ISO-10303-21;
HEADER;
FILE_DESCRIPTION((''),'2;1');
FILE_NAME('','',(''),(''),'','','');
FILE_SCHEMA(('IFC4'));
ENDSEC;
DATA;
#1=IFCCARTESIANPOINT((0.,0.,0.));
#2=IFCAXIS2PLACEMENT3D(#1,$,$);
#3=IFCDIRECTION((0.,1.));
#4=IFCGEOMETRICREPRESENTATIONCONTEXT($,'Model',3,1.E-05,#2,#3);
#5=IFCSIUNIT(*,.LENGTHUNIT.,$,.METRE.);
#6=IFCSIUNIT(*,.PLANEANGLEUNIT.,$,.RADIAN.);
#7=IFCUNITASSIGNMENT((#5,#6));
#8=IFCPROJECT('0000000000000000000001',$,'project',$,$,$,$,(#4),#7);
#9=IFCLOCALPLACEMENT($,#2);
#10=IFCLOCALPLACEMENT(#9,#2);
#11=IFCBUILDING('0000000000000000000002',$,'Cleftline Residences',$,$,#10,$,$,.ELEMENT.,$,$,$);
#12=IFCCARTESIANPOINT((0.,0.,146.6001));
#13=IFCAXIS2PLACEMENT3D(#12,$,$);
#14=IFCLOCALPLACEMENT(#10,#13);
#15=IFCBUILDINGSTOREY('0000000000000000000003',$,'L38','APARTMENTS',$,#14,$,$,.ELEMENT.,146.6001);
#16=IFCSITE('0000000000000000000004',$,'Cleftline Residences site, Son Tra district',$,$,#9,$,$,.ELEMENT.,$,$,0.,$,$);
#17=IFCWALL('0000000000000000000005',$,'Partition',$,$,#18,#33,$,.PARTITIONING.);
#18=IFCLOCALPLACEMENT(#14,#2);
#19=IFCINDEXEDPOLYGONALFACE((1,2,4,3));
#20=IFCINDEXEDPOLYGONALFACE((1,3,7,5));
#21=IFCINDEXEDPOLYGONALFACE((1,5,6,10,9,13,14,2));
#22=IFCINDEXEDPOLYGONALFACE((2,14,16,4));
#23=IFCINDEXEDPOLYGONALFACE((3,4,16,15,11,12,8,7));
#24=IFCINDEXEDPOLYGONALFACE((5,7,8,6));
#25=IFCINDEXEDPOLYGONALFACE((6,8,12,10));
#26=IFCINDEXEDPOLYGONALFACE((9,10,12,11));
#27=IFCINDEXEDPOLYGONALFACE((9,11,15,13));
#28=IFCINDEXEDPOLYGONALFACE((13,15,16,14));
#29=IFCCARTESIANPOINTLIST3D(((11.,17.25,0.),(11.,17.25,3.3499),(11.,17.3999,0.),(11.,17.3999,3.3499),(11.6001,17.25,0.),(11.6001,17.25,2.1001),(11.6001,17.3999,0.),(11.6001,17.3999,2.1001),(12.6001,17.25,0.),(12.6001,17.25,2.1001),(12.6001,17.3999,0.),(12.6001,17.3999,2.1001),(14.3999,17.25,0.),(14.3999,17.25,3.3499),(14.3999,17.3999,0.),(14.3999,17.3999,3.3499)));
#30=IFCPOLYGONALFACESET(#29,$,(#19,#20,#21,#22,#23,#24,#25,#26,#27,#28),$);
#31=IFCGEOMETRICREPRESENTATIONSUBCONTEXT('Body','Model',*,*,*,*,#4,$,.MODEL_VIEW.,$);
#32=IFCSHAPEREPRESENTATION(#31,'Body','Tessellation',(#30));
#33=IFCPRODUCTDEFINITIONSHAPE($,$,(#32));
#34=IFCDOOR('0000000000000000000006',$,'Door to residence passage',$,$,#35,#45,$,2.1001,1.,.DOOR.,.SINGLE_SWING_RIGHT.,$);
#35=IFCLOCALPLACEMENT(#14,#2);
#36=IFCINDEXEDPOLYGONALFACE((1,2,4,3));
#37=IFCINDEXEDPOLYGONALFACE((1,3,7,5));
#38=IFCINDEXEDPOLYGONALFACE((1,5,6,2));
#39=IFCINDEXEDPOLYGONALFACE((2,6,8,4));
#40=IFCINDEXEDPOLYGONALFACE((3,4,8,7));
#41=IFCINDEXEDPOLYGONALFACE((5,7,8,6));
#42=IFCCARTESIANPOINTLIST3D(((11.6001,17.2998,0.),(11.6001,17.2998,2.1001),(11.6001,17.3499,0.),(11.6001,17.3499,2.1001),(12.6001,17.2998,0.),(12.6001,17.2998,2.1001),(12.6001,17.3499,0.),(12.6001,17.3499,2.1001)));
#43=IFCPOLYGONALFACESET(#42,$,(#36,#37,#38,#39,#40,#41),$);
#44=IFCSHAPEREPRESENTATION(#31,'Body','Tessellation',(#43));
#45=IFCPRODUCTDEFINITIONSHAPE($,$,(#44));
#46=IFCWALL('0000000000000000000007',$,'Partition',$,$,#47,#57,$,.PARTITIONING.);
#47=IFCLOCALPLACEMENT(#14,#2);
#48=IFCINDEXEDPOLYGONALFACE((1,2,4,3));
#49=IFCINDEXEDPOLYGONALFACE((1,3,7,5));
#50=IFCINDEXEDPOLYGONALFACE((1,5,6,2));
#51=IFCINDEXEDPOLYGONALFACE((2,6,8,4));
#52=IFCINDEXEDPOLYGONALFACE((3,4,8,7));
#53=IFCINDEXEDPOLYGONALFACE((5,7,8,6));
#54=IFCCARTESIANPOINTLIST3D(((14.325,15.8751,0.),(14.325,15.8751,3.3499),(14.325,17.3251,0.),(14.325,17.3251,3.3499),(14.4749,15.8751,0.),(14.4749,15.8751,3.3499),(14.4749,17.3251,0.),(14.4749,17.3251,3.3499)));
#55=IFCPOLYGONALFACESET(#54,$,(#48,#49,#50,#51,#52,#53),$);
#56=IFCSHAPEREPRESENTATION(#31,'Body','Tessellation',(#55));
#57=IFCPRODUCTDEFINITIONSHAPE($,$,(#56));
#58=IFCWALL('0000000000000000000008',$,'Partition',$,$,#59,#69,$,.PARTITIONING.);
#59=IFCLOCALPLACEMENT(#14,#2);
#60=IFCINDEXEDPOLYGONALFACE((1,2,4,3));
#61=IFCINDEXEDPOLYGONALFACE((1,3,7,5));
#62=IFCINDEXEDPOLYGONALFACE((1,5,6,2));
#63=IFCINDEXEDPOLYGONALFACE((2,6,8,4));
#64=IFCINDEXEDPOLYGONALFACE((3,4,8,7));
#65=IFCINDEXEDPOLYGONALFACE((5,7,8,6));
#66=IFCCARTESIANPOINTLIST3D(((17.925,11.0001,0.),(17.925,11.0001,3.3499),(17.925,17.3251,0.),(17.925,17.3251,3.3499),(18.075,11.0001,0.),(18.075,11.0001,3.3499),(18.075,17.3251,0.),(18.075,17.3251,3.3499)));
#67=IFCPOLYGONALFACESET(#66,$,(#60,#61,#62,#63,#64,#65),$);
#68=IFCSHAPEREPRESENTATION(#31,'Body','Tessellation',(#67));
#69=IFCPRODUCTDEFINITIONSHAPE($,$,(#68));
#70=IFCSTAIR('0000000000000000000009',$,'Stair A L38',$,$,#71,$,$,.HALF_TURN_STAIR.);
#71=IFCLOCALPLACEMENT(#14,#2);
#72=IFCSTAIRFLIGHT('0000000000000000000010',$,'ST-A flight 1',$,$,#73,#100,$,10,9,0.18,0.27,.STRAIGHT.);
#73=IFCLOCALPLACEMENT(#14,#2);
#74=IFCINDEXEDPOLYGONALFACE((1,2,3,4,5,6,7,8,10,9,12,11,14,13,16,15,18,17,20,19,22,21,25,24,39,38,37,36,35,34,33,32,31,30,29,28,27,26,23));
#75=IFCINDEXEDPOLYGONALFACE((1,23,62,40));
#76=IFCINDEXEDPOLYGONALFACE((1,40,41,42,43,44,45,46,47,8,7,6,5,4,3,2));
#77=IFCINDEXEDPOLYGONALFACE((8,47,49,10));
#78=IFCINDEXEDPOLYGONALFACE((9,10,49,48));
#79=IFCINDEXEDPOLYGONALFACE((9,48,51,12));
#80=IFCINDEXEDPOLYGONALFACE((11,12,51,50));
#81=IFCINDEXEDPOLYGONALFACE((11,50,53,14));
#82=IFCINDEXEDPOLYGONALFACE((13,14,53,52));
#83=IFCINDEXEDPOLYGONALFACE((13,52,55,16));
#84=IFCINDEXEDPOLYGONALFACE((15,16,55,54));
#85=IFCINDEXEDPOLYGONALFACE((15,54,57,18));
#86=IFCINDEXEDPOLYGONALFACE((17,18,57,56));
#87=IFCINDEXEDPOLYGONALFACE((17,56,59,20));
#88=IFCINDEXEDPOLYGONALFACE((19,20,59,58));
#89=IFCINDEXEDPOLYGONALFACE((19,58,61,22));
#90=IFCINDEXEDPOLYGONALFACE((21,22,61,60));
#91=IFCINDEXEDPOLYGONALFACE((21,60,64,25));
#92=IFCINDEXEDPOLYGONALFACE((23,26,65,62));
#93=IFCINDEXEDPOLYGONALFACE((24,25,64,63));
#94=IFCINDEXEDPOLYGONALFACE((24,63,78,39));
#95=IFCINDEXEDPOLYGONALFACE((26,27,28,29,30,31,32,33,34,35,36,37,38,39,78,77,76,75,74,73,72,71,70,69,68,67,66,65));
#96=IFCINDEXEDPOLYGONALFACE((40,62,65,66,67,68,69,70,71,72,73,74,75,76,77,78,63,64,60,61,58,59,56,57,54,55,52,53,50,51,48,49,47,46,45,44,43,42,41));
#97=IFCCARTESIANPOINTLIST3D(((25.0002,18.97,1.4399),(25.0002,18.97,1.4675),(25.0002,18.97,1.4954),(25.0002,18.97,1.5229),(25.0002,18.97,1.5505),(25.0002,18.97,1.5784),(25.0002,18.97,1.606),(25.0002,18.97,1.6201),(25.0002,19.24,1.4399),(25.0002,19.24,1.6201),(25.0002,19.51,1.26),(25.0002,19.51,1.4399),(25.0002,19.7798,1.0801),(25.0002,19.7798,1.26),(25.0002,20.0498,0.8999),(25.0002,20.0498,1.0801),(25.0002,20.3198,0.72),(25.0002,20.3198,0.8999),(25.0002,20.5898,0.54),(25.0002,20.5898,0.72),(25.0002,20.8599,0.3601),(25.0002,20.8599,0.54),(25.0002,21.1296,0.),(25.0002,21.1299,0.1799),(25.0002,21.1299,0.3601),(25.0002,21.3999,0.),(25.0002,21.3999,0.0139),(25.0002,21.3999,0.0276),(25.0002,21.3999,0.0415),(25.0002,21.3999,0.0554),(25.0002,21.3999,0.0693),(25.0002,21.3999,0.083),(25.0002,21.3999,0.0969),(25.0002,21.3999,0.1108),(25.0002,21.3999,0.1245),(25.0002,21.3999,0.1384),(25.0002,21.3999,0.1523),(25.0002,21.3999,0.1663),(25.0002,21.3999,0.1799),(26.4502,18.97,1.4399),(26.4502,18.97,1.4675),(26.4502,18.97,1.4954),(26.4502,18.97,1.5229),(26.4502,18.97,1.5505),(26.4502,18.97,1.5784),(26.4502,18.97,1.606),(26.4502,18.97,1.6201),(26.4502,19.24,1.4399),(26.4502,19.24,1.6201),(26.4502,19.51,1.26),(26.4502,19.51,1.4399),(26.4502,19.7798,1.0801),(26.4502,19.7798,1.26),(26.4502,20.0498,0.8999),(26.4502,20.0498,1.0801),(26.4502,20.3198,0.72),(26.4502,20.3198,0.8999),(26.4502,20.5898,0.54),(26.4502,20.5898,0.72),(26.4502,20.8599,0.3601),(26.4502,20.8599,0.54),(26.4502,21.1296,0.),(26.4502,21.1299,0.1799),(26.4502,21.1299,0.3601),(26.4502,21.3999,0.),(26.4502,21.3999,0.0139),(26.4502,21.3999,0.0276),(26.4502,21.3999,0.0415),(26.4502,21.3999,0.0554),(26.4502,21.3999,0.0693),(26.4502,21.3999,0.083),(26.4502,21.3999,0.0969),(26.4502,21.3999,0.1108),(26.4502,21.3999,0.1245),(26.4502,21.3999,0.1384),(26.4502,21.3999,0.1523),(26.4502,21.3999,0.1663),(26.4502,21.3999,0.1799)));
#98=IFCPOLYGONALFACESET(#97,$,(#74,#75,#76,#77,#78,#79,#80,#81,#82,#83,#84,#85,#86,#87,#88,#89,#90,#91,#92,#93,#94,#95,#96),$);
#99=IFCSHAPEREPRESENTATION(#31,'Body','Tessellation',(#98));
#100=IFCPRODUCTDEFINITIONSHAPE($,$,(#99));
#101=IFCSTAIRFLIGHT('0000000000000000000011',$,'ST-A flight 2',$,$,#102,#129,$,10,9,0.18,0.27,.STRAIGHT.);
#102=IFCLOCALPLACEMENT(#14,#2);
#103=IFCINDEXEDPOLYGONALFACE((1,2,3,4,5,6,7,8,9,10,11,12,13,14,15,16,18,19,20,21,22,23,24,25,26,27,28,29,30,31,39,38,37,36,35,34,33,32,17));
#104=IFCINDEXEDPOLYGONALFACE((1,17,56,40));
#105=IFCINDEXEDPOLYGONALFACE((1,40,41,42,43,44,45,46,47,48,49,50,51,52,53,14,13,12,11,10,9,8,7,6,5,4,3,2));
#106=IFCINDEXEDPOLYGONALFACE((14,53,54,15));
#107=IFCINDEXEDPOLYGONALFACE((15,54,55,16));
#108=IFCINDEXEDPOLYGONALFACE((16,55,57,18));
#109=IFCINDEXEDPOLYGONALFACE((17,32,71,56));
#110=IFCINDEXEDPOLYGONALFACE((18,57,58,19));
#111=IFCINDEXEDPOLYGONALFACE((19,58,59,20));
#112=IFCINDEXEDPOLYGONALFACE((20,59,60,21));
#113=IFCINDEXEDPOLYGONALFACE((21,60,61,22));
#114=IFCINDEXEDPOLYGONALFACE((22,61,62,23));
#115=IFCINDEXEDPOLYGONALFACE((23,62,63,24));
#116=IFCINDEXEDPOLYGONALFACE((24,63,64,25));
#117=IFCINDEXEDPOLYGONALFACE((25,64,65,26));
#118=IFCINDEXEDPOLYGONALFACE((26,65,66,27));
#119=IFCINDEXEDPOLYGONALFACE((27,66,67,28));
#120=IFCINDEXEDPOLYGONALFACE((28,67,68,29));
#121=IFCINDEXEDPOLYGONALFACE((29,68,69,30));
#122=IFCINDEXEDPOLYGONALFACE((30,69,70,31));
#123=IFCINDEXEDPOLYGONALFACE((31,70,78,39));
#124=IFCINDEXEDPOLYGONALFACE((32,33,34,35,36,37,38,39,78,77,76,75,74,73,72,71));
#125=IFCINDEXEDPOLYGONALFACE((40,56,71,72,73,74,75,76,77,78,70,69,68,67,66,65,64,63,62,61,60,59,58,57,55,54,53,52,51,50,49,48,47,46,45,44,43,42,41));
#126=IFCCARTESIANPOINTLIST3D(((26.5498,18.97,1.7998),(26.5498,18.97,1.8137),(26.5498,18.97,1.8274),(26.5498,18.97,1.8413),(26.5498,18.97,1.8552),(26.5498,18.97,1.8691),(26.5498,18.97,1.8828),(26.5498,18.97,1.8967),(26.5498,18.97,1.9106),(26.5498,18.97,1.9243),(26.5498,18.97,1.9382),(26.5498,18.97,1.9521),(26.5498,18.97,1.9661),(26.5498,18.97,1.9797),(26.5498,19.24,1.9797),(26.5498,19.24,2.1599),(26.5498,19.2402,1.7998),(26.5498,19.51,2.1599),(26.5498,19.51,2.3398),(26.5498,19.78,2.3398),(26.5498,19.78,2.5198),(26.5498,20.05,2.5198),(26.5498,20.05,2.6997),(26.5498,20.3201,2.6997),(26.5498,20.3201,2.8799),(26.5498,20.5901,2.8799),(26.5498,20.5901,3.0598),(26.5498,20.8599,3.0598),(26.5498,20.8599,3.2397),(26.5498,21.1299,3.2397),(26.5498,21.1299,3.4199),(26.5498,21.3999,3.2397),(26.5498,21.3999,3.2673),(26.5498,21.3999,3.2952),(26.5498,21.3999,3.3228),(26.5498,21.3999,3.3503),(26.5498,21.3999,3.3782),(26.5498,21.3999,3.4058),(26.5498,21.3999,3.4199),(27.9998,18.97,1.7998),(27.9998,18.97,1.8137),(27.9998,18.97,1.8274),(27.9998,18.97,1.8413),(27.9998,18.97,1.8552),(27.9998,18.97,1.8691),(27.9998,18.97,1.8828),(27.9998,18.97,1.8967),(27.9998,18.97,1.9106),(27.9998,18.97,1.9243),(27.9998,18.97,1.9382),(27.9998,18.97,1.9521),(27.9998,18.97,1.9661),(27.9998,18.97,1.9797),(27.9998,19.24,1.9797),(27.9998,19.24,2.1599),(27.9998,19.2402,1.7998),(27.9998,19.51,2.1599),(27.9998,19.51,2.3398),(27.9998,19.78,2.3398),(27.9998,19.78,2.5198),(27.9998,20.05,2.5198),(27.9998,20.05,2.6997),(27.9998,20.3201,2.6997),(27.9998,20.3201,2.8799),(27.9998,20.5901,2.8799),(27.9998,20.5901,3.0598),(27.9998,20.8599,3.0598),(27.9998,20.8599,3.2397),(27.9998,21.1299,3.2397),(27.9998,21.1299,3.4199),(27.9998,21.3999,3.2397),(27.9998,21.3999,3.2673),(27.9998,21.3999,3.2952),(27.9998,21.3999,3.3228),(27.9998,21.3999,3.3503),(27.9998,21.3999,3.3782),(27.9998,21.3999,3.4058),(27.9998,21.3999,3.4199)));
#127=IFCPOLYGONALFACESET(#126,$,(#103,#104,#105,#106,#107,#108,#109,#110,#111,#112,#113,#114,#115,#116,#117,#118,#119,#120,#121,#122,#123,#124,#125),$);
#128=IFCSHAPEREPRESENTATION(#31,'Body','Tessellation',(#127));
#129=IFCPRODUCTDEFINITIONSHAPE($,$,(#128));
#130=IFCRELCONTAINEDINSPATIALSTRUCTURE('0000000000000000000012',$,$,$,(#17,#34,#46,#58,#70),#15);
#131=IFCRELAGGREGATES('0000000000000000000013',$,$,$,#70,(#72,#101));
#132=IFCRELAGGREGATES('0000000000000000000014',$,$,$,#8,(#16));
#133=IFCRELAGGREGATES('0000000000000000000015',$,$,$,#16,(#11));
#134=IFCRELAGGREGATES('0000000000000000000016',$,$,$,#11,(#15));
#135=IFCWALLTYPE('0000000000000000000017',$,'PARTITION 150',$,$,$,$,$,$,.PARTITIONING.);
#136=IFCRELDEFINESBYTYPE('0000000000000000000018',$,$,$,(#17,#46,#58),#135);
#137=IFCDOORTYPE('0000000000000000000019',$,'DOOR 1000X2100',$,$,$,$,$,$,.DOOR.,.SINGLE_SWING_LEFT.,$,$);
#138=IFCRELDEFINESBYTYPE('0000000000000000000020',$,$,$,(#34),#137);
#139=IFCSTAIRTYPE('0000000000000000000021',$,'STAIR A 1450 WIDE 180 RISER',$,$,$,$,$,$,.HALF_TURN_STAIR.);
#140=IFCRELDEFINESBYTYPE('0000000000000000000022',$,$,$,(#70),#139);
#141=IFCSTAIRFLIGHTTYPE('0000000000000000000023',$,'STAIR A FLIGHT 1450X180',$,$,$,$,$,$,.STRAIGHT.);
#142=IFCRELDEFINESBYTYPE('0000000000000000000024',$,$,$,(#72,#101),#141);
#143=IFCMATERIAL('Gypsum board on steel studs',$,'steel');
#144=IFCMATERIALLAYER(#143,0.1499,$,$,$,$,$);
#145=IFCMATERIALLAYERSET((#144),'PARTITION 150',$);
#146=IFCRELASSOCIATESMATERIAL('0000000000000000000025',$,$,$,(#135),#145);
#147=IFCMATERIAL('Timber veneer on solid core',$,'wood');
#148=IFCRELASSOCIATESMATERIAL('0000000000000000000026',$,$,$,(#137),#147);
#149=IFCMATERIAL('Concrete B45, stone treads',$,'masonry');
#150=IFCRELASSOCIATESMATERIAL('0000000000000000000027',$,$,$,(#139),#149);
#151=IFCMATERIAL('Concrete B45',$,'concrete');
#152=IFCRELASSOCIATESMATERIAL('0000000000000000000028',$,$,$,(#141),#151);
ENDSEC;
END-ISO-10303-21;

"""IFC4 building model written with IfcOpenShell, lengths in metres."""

from ifc_helpers import new_model, si_unit, direction, frame, frame_2d, origin, place, context, subcontext, project, spatial, polyline, rectangle, outline, extrude, material, layer, layer_set, type_object, element, fill, aggregate, save


model = new_model("IFC4")

# Units and contexts
model_context = context("Model", 3, precision=1e-05, world=origin(), true_north=direction((0.0, 1.0)))
body_context = subcontext(model_context, "Body", "Model", "MODEL_VIEW")
ifc_project = project(units=[si_unit("LENGTHUNIT", "METRE"), si_unit("PLANEANGLEUNIT", "RADIAN")], contexts=[model_context])

# Site, building, storey
site_placement = place(None, origin())
site = spatial("IfcSite", under=ifc_project, at=site_placement, Name="Cleftline Residences site, Son Tra district", CompositionType="ELEMENT", RefElevation=0.0)
building_placement = place(site_placement, origin())
building = spatial("IfcBuilding", under=site, at=building_placement, Name="Cleftline Residences", CompositionType="ELEMENT")
storey_placement = place(building_placement, frame((0.0, 0.0, 146.6001)))
storey = spatial("IfcBuildingStorey", under=building, at=storey_placement, Name="L38", Description="APARTMENTS", CompositionType="ELEMENT", Elevation=146.6001)

# Shared definitions
ifc_material_1 = material(Name="Gypsum board on steel studs", Category="steel")
ifc_layer_1 = layer(ifc_material_1, 0.1499)
ifc_layer_set_1 = layer_set([ifc_layer_1], Name="PARTITION 150")
wall_type_1 = type_object("IfcWallType", Name="PARTITION 150", PredefinedType="PARTITIONING", material=ifc_layer_set_1)

# Wall, opening, door
wall_1_placement = place(storey_placement, frame((11.0, 17.325, 0.0), z_axis=(0.0, 0.0, 1.0), x_axis=(1.0, 0.0, 0.0)))
wall_1 = element("IfcWall", 1, at=wall_1_placement, inside=storey, type_object=wall_type_1, Name="Partition", PredefinedType="PARTITIONING", context=body_context, shape_type="SweptSolid", body=[
    extrude(rectangle(XDim=3.3999, YDim=0.1499, at=frame_2d((1.7, 0.0))), origin(), (0.0, 0.0, 1.0), 3.3499),
])
opening_1_placement = place(wall_1_placement, frame((0.6001, 0.0, 0.0)))
opening_1 = element("IfcOpeningElement", 2, at=opening_1_placement, cuts=wall_1, PredefinedType="OPENING", context=body_context, shape_type="SweptSolid", body=[
    extrude(rectangle(XDim=1.0, YDim=2.1001, at=frame_2d((0.5, 1.05))), frame((0.0, 0.085, 0.0), z_axis=(0.0, -1.0, 0.0), x_axis=(1.0, 0.0, 0.0)), (0.0, 0.0, 1.0), 0.1699),
])
ifc_material_2 = material(Name="Timber veneer on solid core", Category="wood")
door_type_1 = type_object("IfcDoorType", Name="DOOR 1000X2100", OperationType="SINGLE_SWING_LEFT", PredefinedType="DOOR", material=ifc_material_2)
door_1_placement = place(opening_1_placement, origin())
door_1 = element("IfcDoor", 3, at=door_1_placement, inside=storey, type_object=door_type_1, Name="Door to residence passage", OperationType="SINGLE_SWING_RIGHT", OverallHeight=2.1001, OverallWidth=1.0, PredefinedType="DOOR", context=body_context, shape_type="SweptSolid", body=[
    extrude(rectangle(XDim=1.0, YDim=2.1001, at=frame_2d((0.5, 1.05))), frame((0.0, 0.0249, 0.0), z_axis=(0.0, -1.0, 0.0), x_axis=(1.0, 0.0, 0.0)), (0.0, 0.0, 1.0), 0.05),
])
fill(opening_1, door_1)

# Walls
wall_2_placement = place(storey_placement, frame((14.3999, 15.875, 0.0), z_axis=(0.0, 0.0, 1.0), x_axis=(0.0, 1.0, 0.0)))
element("IfcWall", 4, at=wall_2_placement, inside=storey, type_object=wall_type_1, Name="Partition", PredefinedType="PARTITIONING", context=body_context, shape_type="SweptSolid", body=[
    extrude(rectangle(XDim=1.45, YDim=0.1499, at=frame_2d((0.7251, 0.0))), origin(), (0.0, 0.0, 1.0), 3.3499),
])
wall_3_placement = place(storey_placement, frame((18.0, 11.0, 0.0), z_axis=(0.0, 0.0, 1.0), x_axis=(0.0, 1.0, 0.0)))
element("IfcWall", 5, at=wall_3_placement, inside=storey, type_object=wall_type_1, Name="Partition", PredefinedType="PARTITIONING", context=body_context, shape_type="SweptSolid", body=[
    extrude(rectangle(XDim=6.325, YDim=0.1499, at=frame_2d((3.1626, 0.0))), origin(), (0.0, 0.0, 1.0), 3.3499),
])

# Stair, stair flights
ifc_material_3 = material(Name="Concrete B45, stone treads", Category="masonry")
stair_type = type_object("IfcStairType", Name="STAIR A 1450 WIDE 180 RISER", PredefinedType="HALF_TURN_STAIR", material=ifc_material_3)
stair_placement = place(storey_placement, origin())
stair = element("IfcStair", 6, at=stair_placement, inside=storey, type_object=stair_type, Name="Stair A L38", PredefinedType="HALF_TURN_STAIR")
ifc_material_4 = material(Name="Concrete B45", Category="concrete")
stair_flight_type = type_object("IfcStairFlightType", Name="STAIR A FLIGHT 1450X180", PredefinedType="STRAIGHT", material=ifc_material_4)
stair_flight_1_placement = place(storey_placement, frame((25.7251, 21.3999, 0.0), z_axis=(0.0, 0.0, 1.0), x_axis=(0.0, -1.0, 0.0)))
stair_flight_1 = element("IfcStairFlight", 7, at=stair_flight_1_placement, type_object=stair_flight_type, Name="ST-A flight 1", NumberOfRisers=10, NumberOfTreads=9, PredefinedType="STRAIGHT", RiserHeight=0.18, TreadLength=0.27, context=body_context, shape_type="SweptSolid", body=[
    extrude(outline(polyline([(0.0, 0.0), (0.0, 0.0139), (0.0, 0.0276), (0.0, 0.0415), (0.0, 0.0554), (0.0, 0.0693), (0.0, 0.083), (0.0, 0.0969), (0.0, 0.1108), (0.0, 0.1245), (0.0, 0.1384), (0.0, 0.1523), (0.0, 0.1663), (0.0, 0.1799), (0.27, 0.1799), (0.27, 0.3601), (0.54, 0.3601), (0.54, 0.54), (0.8101, 0.54), (0.8101, 0.72), (1.0801, 0.72), (1.0801, 0.8999), (1.3501, 0.8999), (1.3501, 1.0801), (1.6201, 1.0801), (1.6201, 1.26), (1.8899, 1.26), (1.8899, 1.4399), (2.1599, 1.4399), (2.1599, 1.6201), (2.4299, 1.6201), (2.4299, 1.8), (2.4299, 1.7722), (2.4299, 1.7446), (2.4299, 1.7168), (2.4299, 1.6892), (2.4299, 1.6614), (2.4299, 1.6338), (2.4299, 1.606), (2.4299, 1.5784), (2.4299, 1.5505), (2.4299, 1.5229), (2.4299, 1.4954), (2.4299, 1.4675), (2.4299, 1.4399), (0.2703, 0.0), (0.0, 0.0)])), frame((0.0, 0.7251, 0.0), z_axis=(0.0, -1.0, 0.0), x_axis=(1.0, 0.0, 0.0)), (0.0, 0.0, 1.0), 1.45),
])
stair_flight_2_placement = place(storey_placement, frame((27.2749, 18.97, 1.7998), z_axis=(0.0, 0.0, 1.0), x_axis=(0.0, 1.0, 0.0)))
stair_flight_2 = element("IfcStairFlight", 8, at=stair_flight_2_placement, type_object=stair_flight_type, Name="ST-A flight 2", NumberOfRisers=10, NumberOfTreads=9, PredefinedType="STRAIGHT", RiserHeight=0.18, TreadLength=0.27, context=body_context, shape_type="SweptSolid", body=[
    extrude(outline(polyline([(0.0, 0.0), (0.0, 0.0139), (0.0, 0.0276), (0.0, 0.0415), (0.0, 0.0554), (0.0, 0.0693), (0.0, 0.083), (0.0, 0.0969), (0.0, 0.1108), (0.0, 0.1245), (0.0, 0.1384), (0.0, 0.1523), (0.0, 0.1663), (0.0, 0.1799), (0.27, 0.1799), (0.27, 0.3601), (0.54, 0.3601), (0.54, 0.54), (0.8101, 0.54), (0.8101, 0.72), (1.0801, 0.72), (1.0801, 0.8999), (1.3501, 0.8999), (1.3501, 1.0801), (1.6201, 1.0801), (1.6201, 1.26), (1.8899, 1.26), (1.8899, 1.4399), (2.1599, 1.4399), (2.1599, 1.6201), (2.4299, 1.6201), (2.4299, 1.8), (2.4299, 1.7722), (2.4299, 1.7446), (2.4299, 1.7168), (2.4299, 1.6892), (2.4299, 1.6614), (2.4299, 1.6338), (2.4299, 1.606), (2.4299, 1.5784), (2.4299, 1.5505), (2.4299, 1.5229), (2.4299, 1.4954), (2.4299, 1.4675), (2.4299, 1.4399), (0.2703, 0.0), (0.0, 0.0)])), frame((0.0, 0.7251, 0.0), z_axis=(0.0, -1.0, 0.0), x_axis=(1.0, 0.0, 0.0)), (0.0, 0.0, 1.0), 1.45),
])
aggregate(stair, [stair_flight_1, stair_flight_2])

save(model, "model.ifc")
